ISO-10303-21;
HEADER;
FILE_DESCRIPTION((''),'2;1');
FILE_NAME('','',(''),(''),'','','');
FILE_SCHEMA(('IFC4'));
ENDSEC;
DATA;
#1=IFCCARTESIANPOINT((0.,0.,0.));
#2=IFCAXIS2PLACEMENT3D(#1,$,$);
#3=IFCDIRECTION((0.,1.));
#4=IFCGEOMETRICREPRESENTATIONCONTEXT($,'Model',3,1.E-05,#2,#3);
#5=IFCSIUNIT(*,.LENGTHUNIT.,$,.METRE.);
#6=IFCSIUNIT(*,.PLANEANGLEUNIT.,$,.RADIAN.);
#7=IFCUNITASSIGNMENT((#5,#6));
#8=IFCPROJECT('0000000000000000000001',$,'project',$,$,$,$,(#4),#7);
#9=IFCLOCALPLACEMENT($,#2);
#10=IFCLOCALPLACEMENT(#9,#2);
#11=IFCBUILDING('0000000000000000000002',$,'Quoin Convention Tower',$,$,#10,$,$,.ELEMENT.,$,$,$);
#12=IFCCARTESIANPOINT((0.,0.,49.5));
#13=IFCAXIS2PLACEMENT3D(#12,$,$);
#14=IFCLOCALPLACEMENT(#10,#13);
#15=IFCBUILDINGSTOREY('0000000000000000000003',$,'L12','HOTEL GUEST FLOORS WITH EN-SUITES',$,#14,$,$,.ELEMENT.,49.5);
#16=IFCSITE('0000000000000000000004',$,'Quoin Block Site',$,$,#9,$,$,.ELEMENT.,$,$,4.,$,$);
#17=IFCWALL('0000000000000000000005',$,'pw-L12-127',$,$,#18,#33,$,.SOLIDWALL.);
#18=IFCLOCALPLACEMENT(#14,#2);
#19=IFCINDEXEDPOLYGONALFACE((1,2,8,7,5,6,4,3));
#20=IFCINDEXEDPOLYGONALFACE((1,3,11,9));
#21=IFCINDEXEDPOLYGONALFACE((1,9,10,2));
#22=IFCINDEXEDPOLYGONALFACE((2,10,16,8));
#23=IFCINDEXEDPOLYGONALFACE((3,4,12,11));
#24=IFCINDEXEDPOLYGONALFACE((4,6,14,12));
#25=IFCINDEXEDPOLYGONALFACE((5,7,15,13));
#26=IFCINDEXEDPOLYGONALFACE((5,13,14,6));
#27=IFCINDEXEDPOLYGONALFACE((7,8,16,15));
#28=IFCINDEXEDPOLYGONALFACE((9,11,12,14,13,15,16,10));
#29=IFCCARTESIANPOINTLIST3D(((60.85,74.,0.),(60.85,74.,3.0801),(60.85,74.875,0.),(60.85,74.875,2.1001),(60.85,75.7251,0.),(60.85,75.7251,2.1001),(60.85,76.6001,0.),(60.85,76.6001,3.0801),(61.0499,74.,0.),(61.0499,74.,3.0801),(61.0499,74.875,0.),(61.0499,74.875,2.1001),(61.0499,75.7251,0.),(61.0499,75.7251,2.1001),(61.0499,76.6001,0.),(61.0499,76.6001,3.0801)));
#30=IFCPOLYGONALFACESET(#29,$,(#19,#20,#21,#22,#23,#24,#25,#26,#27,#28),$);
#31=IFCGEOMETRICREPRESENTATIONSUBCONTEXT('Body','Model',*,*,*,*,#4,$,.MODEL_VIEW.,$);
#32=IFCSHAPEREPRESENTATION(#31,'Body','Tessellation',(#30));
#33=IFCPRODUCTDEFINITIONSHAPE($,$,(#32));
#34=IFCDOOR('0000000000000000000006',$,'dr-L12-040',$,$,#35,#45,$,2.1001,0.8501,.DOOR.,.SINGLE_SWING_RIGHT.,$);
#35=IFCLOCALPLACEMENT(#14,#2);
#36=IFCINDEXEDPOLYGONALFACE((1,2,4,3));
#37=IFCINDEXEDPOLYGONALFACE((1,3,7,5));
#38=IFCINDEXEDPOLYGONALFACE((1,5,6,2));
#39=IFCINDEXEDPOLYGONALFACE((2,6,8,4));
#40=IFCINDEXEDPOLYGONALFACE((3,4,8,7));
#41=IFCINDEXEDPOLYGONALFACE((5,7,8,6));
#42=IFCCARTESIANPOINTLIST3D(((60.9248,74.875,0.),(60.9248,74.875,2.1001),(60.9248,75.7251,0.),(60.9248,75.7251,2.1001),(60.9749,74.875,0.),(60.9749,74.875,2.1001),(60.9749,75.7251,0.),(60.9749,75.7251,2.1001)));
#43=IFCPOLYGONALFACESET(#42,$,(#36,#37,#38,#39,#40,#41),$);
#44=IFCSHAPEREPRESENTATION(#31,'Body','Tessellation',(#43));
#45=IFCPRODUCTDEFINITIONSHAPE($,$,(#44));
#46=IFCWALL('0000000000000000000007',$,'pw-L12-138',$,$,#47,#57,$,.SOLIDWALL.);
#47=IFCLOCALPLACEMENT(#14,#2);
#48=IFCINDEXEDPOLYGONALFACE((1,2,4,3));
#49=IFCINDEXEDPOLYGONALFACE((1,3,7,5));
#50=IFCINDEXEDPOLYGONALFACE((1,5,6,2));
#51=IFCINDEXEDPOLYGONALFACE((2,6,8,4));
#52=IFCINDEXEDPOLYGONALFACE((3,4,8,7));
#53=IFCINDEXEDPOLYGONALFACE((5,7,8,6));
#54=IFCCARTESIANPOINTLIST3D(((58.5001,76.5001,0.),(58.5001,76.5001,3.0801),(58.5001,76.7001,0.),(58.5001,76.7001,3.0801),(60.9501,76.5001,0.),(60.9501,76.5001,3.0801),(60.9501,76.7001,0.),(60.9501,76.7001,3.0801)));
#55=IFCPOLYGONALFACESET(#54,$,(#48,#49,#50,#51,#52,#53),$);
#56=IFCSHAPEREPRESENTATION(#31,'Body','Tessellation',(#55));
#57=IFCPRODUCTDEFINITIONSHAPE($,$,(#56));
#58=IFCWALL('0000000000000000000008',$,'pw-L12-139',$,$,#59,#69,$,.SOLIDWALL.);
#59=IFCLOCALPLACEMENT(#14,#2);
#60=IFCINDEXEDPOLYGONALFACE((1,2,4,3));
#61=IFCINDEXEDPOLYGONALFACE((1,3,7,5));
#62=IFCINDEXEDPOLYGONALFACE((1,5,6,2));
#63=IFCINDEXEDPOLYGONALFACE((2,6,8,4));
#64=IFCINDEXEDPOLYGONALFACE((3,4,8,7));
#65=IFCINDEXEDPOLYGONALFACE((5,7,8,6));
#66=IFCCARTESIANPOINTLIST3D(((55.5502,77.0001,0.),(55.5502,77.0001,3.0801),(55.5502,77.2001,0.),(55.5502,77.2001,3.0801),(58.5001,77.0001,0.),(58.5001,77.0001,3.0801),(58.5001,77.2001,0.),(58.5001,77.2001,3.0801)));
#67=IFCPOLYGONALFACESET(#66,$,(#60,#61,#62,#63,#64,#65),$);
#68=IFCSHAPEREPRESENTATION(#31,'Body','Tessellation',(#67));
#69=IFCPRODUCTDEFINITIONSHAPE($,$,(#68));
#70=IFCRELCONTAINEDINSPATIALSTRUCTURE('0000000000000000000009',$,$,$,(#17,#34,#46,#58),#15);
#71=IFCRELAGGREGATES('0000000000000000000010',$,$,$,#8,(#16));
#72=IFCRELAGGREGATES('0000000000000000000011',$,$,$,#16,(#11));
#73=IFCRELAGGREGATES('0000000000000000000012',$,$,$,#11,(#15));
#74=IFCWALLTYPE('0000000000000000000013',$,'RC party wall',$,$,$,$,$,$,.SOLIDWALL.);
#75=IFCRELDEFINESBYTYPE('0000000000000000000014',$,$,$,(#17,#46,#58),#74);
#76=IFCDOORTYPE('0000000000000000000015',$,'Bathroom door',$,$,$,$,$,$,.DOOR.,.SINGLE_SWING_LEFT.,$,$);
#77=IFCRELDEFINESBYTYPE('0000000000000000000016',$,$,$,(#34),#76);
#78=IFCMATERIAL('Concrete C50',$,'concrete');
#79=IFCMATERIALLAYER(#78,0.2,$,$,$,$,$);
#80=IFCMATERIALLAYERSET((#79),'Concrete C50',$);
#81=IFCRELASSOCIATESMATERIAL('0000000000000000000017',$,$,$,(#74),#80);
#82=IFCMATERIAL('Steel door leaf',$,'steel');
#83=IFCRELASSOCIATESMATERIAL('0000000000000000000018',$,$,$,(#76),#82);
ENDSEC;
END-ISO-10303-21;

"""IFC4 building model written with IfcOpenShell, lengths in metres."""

from ifc_helpers import new_model, si_unit, direction, frame, frame_2d, origin, place, context, subcontext, project, spatial, rectangle, extrude, material, layer, layer_set, type_object, element, fill, save


model = new_model("IFC4")

# Units and contexts
model_context = context("Model", 3, precision=1e-05, world=origin(), true_north=direction((0.0, 1.0)))
body_context = subcontext(model_context, "Body", "Model", "MODEL_VIEW")
ifc_project = project(units=[si_unit("LENGTHUNIT", "METRE"), si_unit("PLANEANGLEUNIT", "RADIAN")], contexts=[model_context])

# Site, building, storey
site_placement = place(None, origin())
site = spatial("IfcSite", under=ifc_project, at=site_placement, Name="Quoin Block Site", CompositionType="ELEMENT", RefElevation=4.0)
building_placement = place(site_placement, origin())
building = spatial("IfcBuilding", under=site, at=building_placement, Name="Quoin Convention Tower", CompositionType="ELEMENT")
storey_placement = place(building_placement, frame((0.0, 0.0, 49.5)))
storey = spatial("IfcBuildingStorey", under=building, at=storey_placement, Name="L12", Description="HOTEL GUEST FLOORS WITH EN-SUITES", CompositionType="ELEMENT", Elevation=49.5)

# Shared definitions
ifc_material_1 = material(Name="Concrete C50", Category="concrete")
ifc_layer = layer(ifc_material_1, 0.2)
ifc_layer_set = layer_set([ifc_layer], Name="Concrete C50")
wall_type = type_object("IfcWallType", Name="RC party wall", PredefinedType="SOLIDWALL", material=ifc_layer_set)
ifc_material_2 = material(Name="Steel door leaf", Category="steel")
door_type = type_object("IfcDoorType", Name="Bathroom door", OperationType="SINGLE_SWING_LEFT", PredefinedType="DOOR", material=ifc_material_2)

# Wall, opening, door
wall_1_placement = place(storey_placement, frame((60.95, 74.0, 0.0), z_axis=(0.0, 0.0, 1.0), x_axis=(0.0, 1.0, 0.0)))
wall_1 = element("IfcWall", 1, at=wall_1_placement, inside=storey, type_object=wall_type, Name="pw-L12-127", PredefinedType="SOLIDWALL", context=body_context, shape_type="SweptSolid", body=[
    extrude(rectangle(XDim=2.6001, YDim=0.2, at=frame_2d((1.3, 0.0))), origin(), (0.0, 0.0, 1.0), 3.0801),
])
opening_1_placement = place(wall_1_placement, frame((0.875, 0.0, 0.0)))
opening_1 = element("IfcOpeningElement", 2, at=opening_1_placement, cuts=wall_1, PredefinedType="OPENING", context=body_context, shape_type="SweptSolid", body=[
    extrude(rectangle(XDim=0.8501, YDim=2.1001, at=frame_2d((0.425, 1.05))), frame((0.0, 0.1099, 0.0), z_axis=(0.0, -1.0, 0.0), x_axis=(1.0, 0.0, 0.0)), (0.0, 0.0, 1.0), 0.22),
])
door_1_placement = place(opening_1_placement, frame((0.8501, 0.0, 0.0), z_axis=(0.0, 0.0, 1.0), x_axis=(-1.0, 0.0, 0.0)))
door_1 = element("IfcDoor", 3, at=door_1_placement, inside=storey, type_object=door_type, Name="dr-L12-040", OperationType="SINGLE_SWING_RIGHT", OverallHeight=2.1001, OverallWidth=0.8501, PredefinedType="DOOR", context=body_context, shape_type="SweptSolid", body=[
    extrude(rectangle(XDim=0.8501, YDim=2.1001, at=frame_2d((0.425, 1.05))), frame((0.0, 0.0249, 0.0), z_axis=(0.0, -1.0, 0.0), x_axis=(1.0, 0.0, 0.0)), (0.0, 0.0, 1.0), 0.05),
])
fill(opening_1, door_1)

# Walls
wall_2_placement = place(storey_placement, frame((58.5, 76.6001, 0.0), z_axis=(0.0, 0.0, 1.0), x_axis=(1.0, 0.0, 0.0)))
element("IfcWall", 4, at=wall_2_placement, inside=storey, type_object=wall_type, Name="pw-L12-138", PredefinedType="SOLIDWALL", context=body_context, shape_type="SweptSolid", body=[
    extrude(rectangle(XDim=2.45, YDim=0.2, at=frame_2d((1.2251, 0.0))), origin(), (0.0, 0.0, 1.0), 3.0801),
])
wall_3_placement = place(storey_placement, frame((55.55, 77.1001, 0.0), z_axis=(0.0, 0.0, 1.0), x_axis=(1.0, 0.0, 0.0)))
element("IfcWall", 5, at=wall_3_placement, inside=storey, type_object=wall_type, Name="pw-L12-139", PredefinedType="SOLIDWALL", context=body_context, shape_type="SweptSolid", body=[
    extrude(rectangle(XDim=2.95, YDim=0.2, at=frame_2d((1.4751, 0.0))), origin(), (0.0, 0.0, 1.0), 3.0801),
])

save(model, "model.ifc")
